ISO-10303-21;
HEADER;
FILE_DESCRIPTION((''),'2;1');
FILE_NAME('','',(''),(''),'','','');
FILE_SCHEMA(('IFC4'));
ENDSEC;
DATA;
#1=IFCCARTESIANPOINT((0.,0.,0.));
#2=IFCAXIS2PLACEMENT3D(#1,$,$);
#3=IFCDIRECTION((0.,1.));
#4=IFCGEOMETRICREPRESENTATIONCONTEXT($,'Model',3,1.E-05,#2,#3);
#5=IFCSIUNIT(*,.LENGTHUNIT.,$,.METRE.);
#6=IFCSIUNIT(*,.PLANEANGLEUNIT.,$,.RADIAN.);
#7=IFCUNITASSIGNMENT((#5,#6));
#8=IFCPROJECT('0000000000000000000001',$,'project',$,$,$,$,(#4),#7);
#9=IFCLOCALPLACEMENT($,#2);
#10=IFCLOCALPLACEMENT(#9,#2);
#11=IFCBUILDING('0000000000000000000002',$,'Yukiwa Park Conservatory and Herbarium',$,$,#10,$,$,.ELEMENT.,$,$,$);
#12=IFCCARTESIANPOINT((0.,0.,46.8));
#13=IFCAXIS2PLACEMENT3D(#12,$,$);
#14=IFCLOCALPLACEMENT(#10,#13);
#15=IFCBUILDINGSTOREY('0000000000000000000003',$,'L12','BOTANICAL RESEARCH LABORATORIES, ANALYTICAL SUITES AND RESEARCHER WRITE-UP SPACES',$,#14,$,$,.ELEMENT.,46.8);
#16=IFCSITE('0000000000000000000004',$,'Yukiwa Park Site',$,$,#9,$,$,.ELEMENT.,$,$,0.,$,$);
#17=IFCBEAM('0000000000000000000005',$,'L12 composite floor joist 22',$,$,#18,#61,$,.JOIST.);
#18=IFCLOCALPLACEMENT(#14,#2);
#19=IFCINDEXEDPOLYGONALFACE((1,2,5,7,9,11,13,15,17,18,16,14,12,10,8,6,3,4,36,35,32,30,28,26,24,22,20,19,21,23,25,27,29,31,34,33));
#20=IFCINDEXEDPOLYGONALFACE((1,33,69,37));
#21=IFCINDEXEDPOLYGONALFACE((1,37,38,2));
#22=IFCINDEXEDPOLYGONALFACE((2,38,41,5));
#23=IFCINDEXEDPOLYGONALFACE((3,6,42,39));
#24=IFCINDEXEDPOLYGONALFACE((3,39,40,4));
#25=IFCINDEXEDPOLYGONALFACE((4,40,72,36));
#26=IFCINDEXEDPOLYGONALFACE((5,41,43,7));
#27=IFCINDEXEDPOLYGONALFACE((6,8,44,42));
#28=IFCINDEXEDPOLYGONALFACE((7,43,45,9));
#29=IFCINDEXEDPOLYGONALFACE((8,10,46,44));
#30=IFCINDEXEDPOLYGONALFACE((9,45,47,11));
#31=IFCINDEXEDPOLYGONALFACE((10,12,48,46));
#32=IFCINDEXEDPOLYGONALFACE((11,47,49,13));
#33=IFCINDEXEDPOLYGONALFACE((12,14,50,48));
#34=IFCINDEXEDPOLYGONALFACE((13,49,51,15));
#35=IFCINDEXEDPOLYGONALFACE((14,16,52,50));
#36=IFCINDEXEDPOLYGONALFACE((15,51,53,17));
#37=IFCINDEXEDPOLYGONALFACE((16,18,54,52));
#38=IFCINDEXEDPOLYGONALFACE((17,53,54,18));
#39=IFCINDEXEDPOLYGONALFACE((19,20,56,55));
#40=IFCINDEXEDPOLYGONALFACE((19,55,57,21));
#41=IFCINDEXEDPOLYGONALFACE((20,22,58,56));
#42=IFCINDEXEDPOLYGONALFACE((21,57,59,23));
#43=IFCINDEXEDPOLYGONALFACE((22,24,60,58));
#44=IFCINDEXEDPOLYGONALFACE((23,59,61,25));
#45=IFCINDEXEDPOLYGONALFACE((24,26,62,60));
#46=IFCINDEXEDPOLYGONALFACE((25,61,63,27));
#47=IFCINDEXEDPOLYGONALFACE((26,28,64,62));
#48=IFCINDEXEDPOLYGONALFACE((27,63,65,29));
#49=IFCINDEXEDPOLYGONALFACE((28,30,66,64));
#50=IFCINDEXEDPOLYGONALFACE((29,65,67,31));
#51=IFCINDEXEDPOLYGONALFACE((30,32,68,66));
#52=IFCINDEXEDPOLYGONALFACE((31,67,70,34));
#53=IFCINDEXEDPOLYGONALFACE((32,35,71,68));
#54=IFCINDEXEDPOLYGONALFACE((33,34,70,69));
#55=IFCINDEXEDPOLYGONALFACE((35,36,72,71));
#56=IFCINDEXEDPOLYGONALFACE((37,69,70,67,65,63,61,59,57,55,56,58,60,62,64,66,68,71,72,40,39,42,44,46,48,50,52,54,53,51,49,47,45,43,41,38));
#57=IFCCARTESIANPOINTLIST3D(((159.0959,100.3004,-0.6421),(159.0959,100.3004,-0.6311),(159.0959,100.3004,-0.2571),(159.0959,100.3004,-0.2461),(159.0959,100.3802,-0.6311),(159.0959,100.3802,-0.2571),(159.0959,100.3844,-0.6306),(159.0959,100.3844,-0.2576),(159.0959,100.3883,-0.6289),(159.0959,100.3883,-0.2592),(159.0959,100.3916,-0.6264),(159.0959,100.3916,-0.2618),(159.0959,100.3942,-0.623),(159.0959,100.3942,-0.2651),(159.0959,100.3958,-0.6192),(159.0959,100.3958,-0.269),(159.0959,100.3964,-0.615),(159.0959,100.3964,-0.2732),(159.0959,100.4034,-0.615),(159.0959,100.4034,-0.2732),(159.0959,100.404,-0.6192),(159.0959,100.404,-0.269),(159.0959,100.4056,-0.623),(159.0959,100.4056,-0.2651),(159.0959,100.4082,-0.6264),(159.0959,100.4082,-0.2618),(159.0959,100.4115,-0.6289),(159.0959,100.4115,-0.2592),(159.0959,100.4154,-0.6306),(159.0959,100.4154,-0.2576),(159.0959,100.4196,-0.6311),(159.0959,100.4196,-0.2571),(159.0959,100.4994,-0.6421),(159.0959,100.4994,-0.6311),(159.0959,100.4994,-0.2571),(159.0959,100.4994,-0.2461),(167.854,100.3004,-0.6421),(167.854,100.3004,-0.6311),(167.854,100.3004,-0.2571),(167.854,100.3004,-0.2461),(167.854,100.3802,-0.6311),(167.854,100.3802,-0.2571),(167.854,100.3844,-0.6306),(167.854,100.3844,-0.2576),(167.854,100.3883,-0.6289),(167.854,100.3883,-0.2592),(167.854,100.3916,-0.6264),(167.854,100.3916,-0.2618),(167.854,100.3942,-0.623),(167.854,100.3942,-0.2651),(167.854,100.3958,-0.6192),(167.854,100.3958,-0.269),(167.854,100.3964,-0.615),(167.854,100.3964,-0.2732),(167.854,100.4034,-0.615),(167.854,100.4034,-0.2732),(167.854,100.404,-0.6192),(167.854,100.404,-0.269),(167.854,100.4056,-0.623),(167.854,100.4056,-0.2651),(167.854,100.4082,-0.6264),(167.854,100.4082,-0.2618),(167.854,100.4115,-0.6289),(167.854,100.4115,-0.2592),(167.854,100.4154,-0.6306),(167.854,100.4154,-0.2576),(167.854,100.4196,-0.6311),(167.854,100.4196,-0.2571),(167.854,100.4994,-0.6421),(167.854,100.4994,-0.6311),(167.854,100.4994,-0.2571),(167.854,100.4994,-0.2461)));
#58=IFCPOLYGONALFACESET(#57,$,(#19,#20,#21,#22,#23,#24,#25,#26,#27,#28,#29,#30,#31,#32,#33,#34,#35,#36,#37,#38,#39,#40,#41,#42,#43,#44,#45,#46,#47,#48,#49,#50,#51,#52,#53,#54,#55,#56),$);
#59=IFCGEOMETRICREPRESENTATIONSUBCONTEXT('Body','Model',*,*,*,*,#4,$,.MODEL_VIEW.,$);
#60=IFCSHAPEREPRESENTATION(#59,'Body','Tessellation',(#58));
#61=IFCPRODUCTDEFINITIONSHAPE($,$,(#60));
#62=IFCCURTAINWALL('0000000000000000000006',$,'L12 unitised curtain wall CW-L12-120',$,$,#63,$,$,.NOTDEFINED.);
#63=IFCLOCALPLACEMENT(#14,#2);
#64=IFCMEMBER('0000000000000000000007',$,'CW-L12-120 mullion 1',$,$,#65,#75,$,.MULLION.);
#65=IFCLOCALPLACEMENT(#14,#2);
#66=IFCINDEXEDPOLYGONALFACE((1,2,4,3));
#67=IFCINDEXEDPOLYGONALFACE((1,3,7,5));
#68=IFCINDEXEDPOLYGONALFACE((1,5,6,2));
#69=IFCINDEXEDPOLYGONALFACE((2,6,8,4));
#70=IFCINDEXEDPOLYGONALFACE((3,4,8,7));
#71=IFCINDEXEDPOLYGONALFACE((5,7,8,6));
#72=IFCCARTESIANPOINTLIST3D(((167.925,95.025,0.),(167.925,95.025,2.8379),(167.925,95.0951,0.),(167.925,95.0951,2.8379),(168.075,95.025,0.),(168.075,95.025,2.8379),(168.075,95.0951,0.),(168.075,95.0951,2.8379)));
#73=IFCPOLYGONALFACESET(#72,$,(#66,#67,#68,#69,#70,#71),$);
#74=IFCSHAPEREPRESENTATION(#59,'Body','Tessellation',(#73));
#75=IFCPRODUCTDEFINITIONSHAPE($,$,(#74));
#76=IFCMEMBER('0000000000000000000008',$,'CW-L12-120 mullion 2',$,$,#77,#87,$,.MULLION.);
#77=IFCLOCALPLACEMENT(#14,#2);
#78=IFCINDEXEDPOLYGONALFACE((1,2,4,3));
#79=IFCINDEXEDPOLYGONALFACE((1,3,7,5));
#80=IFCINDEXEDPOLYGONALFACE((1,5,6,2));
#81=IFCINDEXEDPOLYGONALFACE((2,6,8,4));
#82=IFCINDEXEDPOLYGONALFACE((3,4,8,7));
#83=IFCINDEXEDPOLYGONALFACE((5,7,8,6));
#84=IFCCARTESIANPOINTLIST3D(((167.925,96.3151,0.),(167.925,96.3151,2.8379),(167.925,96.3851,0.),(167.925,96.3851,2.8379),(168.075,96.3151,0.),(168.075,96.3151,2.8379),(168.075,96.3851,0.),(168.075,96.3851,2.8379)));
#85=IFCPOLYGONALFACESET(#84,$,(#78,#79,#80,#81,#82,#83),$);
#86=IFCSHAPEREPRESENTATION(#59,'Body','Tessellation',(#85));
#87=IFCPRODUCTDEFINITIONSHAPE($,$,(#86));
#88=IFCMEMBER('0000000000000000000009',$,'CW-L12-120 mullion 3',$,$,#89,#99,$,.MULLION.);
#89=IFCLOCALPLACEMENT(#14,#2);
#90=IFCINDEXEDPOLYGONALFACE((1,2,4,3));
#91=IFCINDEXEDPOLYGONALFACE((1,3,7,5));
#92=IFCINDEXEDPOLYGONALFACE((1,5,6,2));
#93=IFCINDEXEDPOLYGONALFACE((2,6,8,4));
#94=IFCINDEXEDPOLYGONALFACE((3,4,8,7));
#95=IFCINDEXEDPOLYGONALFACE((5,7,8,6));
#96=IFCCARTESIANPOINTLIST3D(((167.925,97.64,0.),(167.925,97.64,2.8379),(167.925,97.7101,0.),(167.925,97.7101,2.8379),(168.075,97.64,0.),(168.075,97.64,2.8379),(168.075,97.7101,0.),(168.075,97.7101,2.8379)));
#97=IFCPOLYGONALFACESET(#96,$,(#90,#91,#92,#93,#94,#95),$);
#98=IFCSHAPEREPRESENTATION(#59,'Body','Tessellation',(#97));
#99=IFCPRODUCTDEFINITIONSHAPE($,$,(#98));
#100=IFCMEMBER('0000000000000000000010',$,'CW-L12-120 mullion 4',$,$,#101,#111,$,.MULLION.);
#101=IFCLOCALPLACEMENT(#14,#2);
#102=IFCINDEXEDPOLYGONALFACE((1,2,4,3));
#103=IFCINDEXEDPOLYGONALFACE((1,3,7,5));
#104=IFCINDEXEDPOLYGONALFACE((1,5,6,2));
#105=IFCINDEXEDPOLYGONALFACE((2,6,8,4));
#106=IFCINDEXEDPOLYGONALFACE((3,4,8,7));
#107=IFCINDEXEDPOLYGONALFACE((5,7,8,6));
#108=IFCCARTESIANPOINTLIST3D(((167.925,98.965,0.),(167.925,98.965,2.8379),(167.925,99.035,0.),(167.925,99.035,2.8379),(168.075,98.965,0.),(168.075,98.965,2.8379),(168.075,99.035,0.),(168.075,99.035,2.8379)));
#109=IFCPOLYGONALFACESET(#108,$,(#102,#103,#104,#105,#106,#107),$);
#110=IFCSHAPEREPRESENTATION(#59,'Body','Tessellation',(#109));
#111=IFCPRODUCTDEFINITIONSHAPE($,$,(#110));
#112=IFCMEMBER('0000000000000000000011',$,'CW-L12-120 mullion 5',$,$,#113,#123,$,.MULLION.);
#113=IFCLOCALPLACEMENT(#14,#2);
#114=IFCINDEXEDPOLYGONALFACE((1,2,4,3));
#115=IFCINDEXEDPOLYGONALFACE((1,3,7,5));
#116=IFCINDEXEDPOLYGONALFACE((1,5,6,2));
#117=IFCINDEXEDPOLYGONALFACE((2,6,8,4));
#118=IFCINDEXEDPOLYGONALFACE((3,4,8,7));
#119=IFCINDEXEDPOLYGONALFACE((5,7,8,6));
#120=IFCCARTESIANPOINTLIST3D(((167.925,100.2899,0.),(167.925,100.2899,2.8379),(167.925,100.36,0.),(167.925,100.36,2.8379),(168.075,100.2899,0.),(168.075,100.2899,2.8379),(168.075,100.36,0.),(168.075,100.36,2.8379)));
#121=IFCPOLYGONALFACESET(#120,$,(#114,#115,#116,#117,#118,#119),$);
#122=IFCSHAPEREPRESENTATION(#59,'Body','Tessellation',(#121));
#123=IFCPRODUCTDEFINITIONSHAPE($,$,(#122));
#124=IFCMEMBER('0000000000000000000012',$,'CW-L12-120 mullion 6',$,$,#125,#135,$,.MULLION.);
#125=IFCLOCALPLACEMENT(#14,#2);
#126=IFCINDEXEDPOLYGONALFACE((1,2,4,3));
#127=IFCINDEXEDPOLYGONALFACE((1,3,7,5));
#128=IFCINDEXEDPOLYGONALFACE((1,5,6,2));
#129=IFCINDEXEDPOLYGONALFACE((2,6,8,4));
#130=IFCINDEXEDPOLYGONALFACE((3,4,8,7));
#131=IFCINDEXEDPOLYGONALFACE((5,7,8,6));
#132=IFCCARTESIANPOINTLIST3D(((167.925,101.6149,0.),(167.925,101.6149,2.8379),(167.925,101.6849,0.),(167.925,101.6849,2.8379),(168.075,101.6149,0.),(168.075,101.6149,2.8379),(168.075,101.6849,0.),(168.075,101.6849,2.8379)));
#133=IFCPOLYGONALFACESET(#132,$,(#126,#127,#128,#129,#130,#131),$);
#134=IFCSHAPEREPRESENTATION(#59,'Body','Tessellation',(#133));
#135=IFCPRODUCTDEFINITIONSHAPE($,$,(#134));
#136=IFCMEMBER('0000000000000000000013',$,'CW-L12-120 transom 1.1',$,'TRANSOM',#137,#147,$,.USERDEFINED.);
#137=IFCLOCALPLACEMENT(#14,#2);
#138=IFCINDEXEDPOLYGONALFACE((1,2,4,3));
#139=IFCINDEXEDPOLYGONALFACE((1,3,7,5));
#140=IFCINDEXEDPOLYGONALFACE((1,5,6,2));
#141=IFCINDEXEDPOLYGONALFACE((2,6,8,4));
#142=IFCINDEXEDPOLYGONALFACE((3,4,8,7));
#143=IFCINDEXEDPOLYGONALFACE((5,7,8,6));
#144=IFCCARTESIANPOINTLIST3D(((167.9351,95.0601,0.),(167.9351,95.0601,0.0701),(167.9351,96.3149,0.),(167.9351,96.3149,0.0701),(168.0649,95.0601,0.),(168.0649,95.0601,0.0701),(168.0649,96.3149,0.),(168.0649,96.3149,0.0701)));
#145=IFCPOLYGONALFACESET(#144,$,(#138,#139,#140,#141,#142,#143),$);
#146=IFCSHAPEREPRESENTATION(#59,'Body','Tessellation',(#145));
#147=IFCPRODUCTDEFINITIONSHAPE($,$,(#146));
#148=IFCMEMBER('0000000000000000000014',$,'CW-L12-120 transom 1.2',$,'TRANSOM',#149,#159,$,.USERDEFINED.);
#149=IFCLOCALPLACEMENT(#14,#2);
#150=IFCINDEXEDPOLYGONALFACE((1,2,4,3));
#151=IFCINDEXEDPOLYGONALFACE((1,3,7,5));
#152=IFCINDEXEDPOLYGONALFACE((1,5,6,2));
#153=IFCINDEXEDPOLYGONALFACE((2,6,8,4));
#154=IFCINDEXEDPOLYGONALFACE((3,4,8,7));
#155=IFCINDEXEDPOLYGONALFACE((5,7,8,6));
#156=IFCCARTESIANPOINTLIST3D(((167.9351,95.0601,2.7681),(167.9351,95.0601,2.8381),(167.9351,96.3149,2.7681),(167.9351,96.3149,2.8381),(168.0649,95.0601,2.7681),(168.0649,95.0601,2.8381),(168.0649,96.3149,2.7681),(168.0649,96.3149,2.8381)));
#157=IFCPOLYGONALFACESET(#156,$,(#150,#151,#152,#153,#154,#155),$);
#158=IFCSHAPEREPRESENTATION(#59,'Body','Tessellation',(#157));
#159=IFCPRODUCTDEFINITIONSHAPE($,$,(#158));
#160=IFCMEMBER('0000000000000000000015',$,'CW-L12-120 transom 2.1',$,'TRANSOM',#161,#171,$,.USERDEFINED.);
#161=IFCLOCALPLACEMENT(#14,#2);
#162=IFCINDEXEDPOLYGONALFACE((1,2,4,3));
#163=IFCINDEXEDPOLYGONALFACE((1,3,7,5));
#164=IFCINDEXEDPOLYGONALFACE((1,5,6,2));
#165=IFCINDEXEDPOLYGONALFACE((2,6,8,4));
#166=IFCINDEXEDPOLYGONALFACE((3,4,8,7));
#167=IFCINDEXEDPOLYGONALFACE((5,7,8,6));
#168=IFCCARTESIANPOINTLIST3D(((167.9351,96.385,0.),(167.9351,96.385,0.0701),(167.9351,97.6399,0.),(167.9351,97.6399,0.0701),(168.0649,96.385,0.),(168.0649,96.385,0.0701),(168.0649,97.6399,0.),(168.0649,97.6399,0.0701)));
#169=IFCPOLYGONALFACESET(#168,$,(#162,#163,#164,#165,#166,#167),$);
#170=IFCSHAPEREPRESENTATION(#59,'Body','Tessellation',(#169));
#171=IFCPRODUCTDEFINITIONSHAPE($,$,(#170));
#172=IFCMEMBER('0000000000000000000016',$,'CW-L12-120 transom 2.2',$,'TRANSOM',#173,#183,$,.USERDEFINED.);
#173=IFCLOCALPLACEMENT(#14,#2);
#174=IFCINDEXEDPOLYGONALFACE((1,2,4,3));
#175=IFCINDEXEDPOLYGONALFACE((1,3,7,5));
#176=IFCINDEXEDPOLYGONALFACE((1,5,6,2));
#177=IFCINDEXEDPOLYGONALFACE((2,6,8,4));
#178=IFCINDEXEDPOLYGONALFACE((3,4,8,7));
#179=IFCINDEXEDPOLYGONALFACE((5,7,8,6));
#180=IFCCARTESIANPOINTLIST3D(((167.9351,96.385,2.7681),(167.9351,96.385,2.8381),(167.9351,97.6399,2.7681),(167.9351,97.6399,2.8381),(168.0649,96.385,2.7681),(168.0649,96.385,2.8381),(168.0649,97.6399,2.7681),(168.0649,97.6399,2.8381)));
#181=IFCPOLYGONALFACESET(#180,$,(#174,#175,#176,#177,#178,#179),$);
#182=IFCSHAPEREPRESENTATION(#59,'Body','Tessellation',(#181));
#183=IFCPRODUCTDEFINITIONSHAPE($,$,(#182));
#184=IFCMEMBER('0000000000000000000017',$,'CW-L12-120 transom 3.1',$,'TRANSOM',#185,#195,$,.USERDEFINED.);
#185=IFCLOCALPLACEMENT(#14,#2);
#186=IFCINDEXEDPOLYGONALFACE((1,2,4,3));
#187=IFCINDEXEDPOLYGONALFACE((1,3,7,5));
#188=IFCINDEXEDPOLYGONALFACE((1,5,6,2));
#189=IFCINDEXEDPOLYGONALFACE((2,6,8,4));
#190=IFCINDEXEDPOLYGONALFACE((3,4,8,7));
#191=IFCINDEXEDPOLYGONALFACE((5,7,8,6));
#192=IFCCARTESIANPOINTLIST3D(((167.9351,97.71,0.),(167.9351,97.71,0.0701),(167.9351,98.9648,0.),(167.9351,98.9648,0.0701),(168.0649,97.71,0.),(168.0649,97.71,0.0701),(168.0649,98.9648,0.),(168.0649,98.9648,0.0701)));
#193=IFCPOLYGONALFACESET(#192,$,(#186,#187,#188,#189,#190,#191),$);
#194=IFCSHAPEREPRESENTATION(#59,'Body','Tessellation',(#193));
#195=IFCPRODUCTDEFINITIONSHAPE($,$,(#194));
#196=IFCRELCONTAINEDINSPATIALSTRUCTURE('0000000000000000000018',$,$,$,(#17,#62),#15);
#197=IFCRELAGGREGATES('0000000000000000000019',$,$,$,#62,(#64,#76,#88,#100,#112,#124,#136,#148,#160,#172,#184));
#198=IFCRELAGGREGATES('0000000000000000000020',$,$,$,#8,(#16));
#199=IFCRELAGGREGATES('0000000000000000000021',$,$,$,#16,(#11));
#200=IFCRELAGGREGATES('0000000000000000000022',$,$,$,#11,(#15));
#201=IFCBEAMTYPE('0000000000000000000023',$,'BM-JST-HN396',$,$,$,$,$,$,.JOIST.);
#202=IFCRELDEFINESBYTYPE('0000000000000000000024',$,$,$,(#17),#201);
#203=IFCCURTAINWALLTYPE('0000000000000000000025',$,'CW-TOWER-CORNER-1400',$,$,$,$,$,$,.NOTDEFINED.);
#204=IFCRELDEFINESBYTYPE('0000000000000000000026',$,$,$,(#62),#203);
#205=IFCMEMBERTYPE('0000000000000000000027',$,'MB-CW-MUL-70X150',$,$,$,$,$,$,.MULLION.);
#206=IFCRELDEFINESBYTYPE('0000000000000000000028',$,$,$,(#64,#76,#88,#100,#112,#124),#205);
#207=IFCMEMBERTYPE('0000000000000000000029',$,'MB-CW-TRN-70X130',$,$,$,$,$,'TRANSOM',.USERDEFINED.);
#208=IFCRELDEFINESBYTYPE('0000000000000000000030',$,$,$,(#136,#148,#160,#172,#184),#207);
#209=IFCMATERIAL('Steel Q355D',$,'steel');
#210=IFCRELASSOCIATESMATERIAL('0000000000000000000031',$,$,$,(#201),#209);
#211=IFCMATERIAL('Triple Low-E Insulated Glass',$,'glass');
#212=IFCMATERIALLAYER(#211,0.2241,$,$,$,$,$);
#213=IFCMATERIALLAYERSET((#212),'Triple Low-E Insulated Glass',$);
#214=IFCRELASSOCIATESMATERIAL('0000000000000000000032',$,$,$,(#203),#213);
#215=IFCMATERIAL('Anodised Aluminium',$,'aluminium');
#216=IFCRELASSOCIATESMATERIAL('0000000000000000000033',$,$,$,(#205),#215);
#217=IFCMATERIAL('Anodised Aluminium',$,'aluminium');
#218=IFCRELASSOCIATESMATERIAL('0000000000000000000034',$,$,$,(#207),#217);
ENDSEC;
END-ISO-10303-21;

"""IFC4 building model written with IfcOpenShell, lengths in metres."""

from ifc_helpers import new_model, si_unit, direction, frame, origin, origin_2d, place, context, subcontext, project, spatial, rectangle, i_section, extrude, material, layer, layer_set, material_profile, profile_set, type_object, element, aggregate, save


model = new_model("IFC4")

# Units and contexts
model_context = context("Model", 3, precision=1e-05, world=origin(), true_north=direction((0.0, 1.0)))
body_context = subcontext(model_context, "Body", "Model", "MODEL_VIEW")
ifc_project = project(units=[si_unit("LENGTHUNIT", "METRE"), si_unit("PLANEANGLEUNIT", "RADIAN")], contexts=[model_context])

# Site, building, storey
site_placement = place(None, origin())
site = spatial("IfcSite", under=ifc_project, at=site_placement, Name="Yukiwa Park Site", CompositionType="ELEMENT", RefElevation=0.0)
building_placement = place(site_placement, origin())
building = spatial("IfcBuilding", under=site, at=building_placement, Name="Yukiwa Park Conservatory and Herbarium", CompositionType="ELEMENT")
storey_placement = place(building_placement, frame((0.0, 0.0, 46.8)))
storey = spatial("IfcBuildingStorey", under=building, at=storey_placement, Name="L12", Description="BOTANICAL RESEARCH LABORATORIES, ANALYTICAL SUITES AND RESEARCHER WRITE-UP SPACES", CompositionType="ELEMENT", Elevation=46.8)

# Beam
ifc_material_1 = material(Name="Steel Q355D", Category="steel")
ifc_material_profile = material_profile(ifc_material_1, i_section(OverallWidth=0.199, OverallDepth=0.396, WebThickness=0.0071, FlangeThickness=0.011, FilletRadius=0.0161, at=origin_2d()), Name="HN 396x199x7x11")
ifc_profile_set = profile_set([ifc_material_profile], Name="Steel Q355D")
beam_type = type_object("IfcBeamType", Name="BM-JST-HN396", PredefinedType="JOIST", material=ifc_profile_set)
beam_placement = place(storey_placement, frame((159.0959, 100.3999, -0.4441), z_axis=(1.0, 0.0, 0.0), x_axis=(0.0, 1.0, 0.0)))
element("IfcBeam", 1, at=beam_placement, inside=storey, type_object=beam_type, Name="L12 composite floor joist 22", PredefinedType="JOIST", context=body_context, shape_type="SweptSolid", body=[
    extrude(i_section(OverallWidth=0.199, OverallDepth=0.396, WebThickness=0.0071, FlangeThickness=0.011, FilletRadius=0.0161, at=origin_2d()), origin(), (0.0, 0.0, 1.0), 8.7581),
])

# Curtain wall, members
ifc_material_2 = material(Name="Triple Low-E Insulated Glass", Category="glass")
ifc_layer_1 = layer(ifc_material_2, 0.2241)
ifc_layer_set_1 = layer_set([ifc_layer_1], Name="Triple Low-E Insulated Glass")
curtain_wall_type = type_object("IfcCurtainWallType", Name="CW-TOWER-CORNER-1400", PredefinedType="NOTDEFINED", material=ifc_layer_set_1)
curtain_wall_placement = place(storey_placement, origin())
curtain_wall = element("IfcCurtainWall", 2, at=curtain_wall_placement, inside=storey, type_object=curtain_wall_type, Name="L12 unitised curtain wall CW-L12-120", PredefinedType="NOTDEFINED")
ifc_material_3 = material(Name="Anodised Aluminium", Category="aluminium")
member_type_1 = type_object("IfcMemberType", Name="MB-CW-MUL-70X150", PredefinedType="MULLION", material=ifc_material_3)
member_1_placement = place(storey_placement, frame((168.0, 95.0601, 0.0), z_axis=(0.0, 0.0, 1.0), x_axis=(0.0, 1.0, 0.0)))
member_1 = element("IfcMember", 3, at=member_1_placement, type_object=member_type_1, Name="CW-L12-120 mullion 1", PredefinedType="MULLION", context=body_context, shape_type="SweptSolid", body=[
    extrude(rectangle(XDim=0.0701, YDim=0.1499, at=origin_2d()), origin(), (0.0, 0.0, 1.0), 2.8379),
])
member_2_placement = place(storey_placement, frame((168.0, 96.3501, 0.0), z_axis=(0.0, 0.0, 1.0), x_axis=(0.0, 1.0, 0.0)))
member_2 = element("IfcMember", 4, at=member_2_placement, type_object=member_type_1, Name="CW-L12-120 mullion 2", PredefinedType="MULLION", context=body_context, shape_type="SweptSolid", body=[
    extrude(rectangle(XDim=0.0701, YDim=0.1499, at=origin_2d()), origin(), (0.0, 0.0, 1.0), 2.8379),
])
member_3_placement = place(storey_placement, frame((168.0, 97.675, 0.0), z_axis=(0.0, 0.0, 1.0), x_axis=(0.0, 1.0, 0.0)))
member_3 = element("IfcMember", 5, at=member_3_placement, type_object=member_type_1, Name="CW-L12-120 mullion 3", PredefinedType="MULLION", context=body_context, shape_type="SweptSolid", body=[
    extrude(rectangle(XDim=0.0701, YDim=0.1499, at=origin_2d()), origin(), (0.0, 0.0, 1.0), 2.8379),
])
member_4_placement = place(storey_placement, frame((168.0, 99.0, 0.0), z_axis=(0.0, 0.0, 1.0), x_axis=(0.0, 1.0, 0.0)))
member_4 = element("IfcMember", 6, at=member_4_placement, type_object=member_type_1, Name="CW-L12-120 mullion 4", PredefinedType="MULLION", context=body_context, shape_type="SweptSolid", body=[
    extrude(rectangle(XDim=0.0701, YDim=0.1499, at=origin_2d()), origin(), (0.0, 0.0, 1.0), 2.8379),
])
member_5_placement = place(storey_placement, frame((168.0, 100.325, 0.0), z_axis=(0.0, 0.0, 1.0), x_axis=(0.0, 1.0, 0.0)))
member_5 = element("IfcMember", 7, at=member_5_placement, type_object=member_type_1, Name="CW-L12-120 mullion 5", PredefinedType="MULLION", context=body_context, shape_type="SweptSolid", body=[
    extrude(rectangle(XDim=0.0701, YDim=0.1499, at=origin_2d()), origin(), (0.0, 0.0, 1.0), 2.8379),
])
member_6_placement = place(storey_placement, frame((168.0, 101.6499, 0.0), z_axis=(0.0, 0.0, 1.0), x_axis=(0.0, 1.0, 0.0)))
member_6 = element("IfcMember", 8, at=member_6_placement, type_object=member_type_1, Name="CW-L12-120 mullion 6", PredefinedType="MULLION", context=body_context, shape_type="SweptSolid", body=[
    extrude(rectangle(XDim=0.0701, YDim=0.1499, at=origin_2d()), origin(), (0.0, 0.0, 1.0), 2.8379),
])
ifc_material_4 = material(Name="Anodised Aluminium", Category="aluminium")
member_type_2 = type_object("IfcMemberType", Name="MB-CW-TRN-70X130", ElementType="TRANSOM", PredefinedType="USERDEFINED", material=ifc_material_4)
member_7_placement = place(storey_placement, frame((168.0, 95.6875, 0.0), z_axis=(0.0, 0.0, 1.0), x_axis=(0.0, 1.0, 0.0)))
member_7 = element("IfcMember", 9, at=member_7_placement, type_object=member_type_2, Name="CW-L12-120 transom 1.1", ObjectType="TRANSOM", PredefinedType="USERDEFINED", context=body_context, shape_type="SweptSolid", body=[
    extrude(rectangle(XDim=1.2549, YDim=0.1299, at=origin_2d()), origin(), (0.0, 0.0, 1.0), 0.0701),
])
member_8_placement = place(storey_placement, frame((168.0, 95.6875, 2.7681), z_axis=(0.0, 0.0, 1.0), x_axis=(0.0, 1.0, 0.0)))
member_8 = element("IfcMember", 10, at=member_8_placement, type_object=member_type_2, Name="CW-L12-120 transom 1.2", ObjectType="TRANSOM", PredefinedType="USERDEFINED", context=body_context, shape_type="SweptSolid", body=[
    extrude(rectangle(XDim=1.2549, YDim=0.1299, at=origin_2d()), origin(), (0.0, 0.0, 1.0), 0.0701),
])
member_9_placement = place(storey_placement, frame((168.0, 97.0125, 0.0), z_axis=(0.0, 0.0, 1.0), x_axis=(0.0, 1.0, 0.0)))
member_9 = element("IfcMember", 11, at=member_9_placement, type_object=member_type_2, Name="CW-L12-120 transom 2.1", ObjectType="TRANSOM", PredefinedType="USERDEFINED", context=body_context, shape_type="SweptSolid", body=[
    extrude(rectangle(XDim=1.2549, YDim=0.1299, at=origin_2d()), origin(), (0.0, 0.0, 1.0), 0.0701),
])
member_10_placement = place(storey_placement, frame((168.0, 97.0125, 2.7681), z_axis=(0.0, 0.0, 1.0), x_axis=(0.0, 1.0, 0.0)))
member_10 = element("IfcMember", 12, at=member_10_placement, type_object=member_type_2, Name="CW-L12-120 transom 2.2", ObjectType="TRANSOM", PredefinedType="USERDEFINED", context=body_context, shape_type="SweptSolid", body=[
    extrude(rectangle(XDim=1.2549, YDim=0.1299, at=origin_2d()), origin(), (0.0, 0.0, 1.0), 0.0701),
])
member_11_placement = place(storey_placement, frame((168.0, 98.3374, 0.0), z_axis=(0.0, 0.0, 1.0), x_axis=(0.0, 1.0, 0.0)))
member_11 = element("IfcMember", 13, at=member_11_placement, type_object=member_type_2, Name="CW-L12-120 transom 3.1", ObjectType="TRANSOM", PredefinedType="USERDEFINED", context=body_context, shape_type="SweptSolid", body=[
    extrude(rectangle(XDim=1.2549, YDim=0.1299, at=origin_2d()), origin(), (0.0, 0.0, 1.0), 0.0701),
])
aggregate(curtain_wall, [member_1, member_2, member_3, member_4, member_5, member_6, member_7, member_8, member_9, member_10, member_11])

save(model, "model.ifc")
